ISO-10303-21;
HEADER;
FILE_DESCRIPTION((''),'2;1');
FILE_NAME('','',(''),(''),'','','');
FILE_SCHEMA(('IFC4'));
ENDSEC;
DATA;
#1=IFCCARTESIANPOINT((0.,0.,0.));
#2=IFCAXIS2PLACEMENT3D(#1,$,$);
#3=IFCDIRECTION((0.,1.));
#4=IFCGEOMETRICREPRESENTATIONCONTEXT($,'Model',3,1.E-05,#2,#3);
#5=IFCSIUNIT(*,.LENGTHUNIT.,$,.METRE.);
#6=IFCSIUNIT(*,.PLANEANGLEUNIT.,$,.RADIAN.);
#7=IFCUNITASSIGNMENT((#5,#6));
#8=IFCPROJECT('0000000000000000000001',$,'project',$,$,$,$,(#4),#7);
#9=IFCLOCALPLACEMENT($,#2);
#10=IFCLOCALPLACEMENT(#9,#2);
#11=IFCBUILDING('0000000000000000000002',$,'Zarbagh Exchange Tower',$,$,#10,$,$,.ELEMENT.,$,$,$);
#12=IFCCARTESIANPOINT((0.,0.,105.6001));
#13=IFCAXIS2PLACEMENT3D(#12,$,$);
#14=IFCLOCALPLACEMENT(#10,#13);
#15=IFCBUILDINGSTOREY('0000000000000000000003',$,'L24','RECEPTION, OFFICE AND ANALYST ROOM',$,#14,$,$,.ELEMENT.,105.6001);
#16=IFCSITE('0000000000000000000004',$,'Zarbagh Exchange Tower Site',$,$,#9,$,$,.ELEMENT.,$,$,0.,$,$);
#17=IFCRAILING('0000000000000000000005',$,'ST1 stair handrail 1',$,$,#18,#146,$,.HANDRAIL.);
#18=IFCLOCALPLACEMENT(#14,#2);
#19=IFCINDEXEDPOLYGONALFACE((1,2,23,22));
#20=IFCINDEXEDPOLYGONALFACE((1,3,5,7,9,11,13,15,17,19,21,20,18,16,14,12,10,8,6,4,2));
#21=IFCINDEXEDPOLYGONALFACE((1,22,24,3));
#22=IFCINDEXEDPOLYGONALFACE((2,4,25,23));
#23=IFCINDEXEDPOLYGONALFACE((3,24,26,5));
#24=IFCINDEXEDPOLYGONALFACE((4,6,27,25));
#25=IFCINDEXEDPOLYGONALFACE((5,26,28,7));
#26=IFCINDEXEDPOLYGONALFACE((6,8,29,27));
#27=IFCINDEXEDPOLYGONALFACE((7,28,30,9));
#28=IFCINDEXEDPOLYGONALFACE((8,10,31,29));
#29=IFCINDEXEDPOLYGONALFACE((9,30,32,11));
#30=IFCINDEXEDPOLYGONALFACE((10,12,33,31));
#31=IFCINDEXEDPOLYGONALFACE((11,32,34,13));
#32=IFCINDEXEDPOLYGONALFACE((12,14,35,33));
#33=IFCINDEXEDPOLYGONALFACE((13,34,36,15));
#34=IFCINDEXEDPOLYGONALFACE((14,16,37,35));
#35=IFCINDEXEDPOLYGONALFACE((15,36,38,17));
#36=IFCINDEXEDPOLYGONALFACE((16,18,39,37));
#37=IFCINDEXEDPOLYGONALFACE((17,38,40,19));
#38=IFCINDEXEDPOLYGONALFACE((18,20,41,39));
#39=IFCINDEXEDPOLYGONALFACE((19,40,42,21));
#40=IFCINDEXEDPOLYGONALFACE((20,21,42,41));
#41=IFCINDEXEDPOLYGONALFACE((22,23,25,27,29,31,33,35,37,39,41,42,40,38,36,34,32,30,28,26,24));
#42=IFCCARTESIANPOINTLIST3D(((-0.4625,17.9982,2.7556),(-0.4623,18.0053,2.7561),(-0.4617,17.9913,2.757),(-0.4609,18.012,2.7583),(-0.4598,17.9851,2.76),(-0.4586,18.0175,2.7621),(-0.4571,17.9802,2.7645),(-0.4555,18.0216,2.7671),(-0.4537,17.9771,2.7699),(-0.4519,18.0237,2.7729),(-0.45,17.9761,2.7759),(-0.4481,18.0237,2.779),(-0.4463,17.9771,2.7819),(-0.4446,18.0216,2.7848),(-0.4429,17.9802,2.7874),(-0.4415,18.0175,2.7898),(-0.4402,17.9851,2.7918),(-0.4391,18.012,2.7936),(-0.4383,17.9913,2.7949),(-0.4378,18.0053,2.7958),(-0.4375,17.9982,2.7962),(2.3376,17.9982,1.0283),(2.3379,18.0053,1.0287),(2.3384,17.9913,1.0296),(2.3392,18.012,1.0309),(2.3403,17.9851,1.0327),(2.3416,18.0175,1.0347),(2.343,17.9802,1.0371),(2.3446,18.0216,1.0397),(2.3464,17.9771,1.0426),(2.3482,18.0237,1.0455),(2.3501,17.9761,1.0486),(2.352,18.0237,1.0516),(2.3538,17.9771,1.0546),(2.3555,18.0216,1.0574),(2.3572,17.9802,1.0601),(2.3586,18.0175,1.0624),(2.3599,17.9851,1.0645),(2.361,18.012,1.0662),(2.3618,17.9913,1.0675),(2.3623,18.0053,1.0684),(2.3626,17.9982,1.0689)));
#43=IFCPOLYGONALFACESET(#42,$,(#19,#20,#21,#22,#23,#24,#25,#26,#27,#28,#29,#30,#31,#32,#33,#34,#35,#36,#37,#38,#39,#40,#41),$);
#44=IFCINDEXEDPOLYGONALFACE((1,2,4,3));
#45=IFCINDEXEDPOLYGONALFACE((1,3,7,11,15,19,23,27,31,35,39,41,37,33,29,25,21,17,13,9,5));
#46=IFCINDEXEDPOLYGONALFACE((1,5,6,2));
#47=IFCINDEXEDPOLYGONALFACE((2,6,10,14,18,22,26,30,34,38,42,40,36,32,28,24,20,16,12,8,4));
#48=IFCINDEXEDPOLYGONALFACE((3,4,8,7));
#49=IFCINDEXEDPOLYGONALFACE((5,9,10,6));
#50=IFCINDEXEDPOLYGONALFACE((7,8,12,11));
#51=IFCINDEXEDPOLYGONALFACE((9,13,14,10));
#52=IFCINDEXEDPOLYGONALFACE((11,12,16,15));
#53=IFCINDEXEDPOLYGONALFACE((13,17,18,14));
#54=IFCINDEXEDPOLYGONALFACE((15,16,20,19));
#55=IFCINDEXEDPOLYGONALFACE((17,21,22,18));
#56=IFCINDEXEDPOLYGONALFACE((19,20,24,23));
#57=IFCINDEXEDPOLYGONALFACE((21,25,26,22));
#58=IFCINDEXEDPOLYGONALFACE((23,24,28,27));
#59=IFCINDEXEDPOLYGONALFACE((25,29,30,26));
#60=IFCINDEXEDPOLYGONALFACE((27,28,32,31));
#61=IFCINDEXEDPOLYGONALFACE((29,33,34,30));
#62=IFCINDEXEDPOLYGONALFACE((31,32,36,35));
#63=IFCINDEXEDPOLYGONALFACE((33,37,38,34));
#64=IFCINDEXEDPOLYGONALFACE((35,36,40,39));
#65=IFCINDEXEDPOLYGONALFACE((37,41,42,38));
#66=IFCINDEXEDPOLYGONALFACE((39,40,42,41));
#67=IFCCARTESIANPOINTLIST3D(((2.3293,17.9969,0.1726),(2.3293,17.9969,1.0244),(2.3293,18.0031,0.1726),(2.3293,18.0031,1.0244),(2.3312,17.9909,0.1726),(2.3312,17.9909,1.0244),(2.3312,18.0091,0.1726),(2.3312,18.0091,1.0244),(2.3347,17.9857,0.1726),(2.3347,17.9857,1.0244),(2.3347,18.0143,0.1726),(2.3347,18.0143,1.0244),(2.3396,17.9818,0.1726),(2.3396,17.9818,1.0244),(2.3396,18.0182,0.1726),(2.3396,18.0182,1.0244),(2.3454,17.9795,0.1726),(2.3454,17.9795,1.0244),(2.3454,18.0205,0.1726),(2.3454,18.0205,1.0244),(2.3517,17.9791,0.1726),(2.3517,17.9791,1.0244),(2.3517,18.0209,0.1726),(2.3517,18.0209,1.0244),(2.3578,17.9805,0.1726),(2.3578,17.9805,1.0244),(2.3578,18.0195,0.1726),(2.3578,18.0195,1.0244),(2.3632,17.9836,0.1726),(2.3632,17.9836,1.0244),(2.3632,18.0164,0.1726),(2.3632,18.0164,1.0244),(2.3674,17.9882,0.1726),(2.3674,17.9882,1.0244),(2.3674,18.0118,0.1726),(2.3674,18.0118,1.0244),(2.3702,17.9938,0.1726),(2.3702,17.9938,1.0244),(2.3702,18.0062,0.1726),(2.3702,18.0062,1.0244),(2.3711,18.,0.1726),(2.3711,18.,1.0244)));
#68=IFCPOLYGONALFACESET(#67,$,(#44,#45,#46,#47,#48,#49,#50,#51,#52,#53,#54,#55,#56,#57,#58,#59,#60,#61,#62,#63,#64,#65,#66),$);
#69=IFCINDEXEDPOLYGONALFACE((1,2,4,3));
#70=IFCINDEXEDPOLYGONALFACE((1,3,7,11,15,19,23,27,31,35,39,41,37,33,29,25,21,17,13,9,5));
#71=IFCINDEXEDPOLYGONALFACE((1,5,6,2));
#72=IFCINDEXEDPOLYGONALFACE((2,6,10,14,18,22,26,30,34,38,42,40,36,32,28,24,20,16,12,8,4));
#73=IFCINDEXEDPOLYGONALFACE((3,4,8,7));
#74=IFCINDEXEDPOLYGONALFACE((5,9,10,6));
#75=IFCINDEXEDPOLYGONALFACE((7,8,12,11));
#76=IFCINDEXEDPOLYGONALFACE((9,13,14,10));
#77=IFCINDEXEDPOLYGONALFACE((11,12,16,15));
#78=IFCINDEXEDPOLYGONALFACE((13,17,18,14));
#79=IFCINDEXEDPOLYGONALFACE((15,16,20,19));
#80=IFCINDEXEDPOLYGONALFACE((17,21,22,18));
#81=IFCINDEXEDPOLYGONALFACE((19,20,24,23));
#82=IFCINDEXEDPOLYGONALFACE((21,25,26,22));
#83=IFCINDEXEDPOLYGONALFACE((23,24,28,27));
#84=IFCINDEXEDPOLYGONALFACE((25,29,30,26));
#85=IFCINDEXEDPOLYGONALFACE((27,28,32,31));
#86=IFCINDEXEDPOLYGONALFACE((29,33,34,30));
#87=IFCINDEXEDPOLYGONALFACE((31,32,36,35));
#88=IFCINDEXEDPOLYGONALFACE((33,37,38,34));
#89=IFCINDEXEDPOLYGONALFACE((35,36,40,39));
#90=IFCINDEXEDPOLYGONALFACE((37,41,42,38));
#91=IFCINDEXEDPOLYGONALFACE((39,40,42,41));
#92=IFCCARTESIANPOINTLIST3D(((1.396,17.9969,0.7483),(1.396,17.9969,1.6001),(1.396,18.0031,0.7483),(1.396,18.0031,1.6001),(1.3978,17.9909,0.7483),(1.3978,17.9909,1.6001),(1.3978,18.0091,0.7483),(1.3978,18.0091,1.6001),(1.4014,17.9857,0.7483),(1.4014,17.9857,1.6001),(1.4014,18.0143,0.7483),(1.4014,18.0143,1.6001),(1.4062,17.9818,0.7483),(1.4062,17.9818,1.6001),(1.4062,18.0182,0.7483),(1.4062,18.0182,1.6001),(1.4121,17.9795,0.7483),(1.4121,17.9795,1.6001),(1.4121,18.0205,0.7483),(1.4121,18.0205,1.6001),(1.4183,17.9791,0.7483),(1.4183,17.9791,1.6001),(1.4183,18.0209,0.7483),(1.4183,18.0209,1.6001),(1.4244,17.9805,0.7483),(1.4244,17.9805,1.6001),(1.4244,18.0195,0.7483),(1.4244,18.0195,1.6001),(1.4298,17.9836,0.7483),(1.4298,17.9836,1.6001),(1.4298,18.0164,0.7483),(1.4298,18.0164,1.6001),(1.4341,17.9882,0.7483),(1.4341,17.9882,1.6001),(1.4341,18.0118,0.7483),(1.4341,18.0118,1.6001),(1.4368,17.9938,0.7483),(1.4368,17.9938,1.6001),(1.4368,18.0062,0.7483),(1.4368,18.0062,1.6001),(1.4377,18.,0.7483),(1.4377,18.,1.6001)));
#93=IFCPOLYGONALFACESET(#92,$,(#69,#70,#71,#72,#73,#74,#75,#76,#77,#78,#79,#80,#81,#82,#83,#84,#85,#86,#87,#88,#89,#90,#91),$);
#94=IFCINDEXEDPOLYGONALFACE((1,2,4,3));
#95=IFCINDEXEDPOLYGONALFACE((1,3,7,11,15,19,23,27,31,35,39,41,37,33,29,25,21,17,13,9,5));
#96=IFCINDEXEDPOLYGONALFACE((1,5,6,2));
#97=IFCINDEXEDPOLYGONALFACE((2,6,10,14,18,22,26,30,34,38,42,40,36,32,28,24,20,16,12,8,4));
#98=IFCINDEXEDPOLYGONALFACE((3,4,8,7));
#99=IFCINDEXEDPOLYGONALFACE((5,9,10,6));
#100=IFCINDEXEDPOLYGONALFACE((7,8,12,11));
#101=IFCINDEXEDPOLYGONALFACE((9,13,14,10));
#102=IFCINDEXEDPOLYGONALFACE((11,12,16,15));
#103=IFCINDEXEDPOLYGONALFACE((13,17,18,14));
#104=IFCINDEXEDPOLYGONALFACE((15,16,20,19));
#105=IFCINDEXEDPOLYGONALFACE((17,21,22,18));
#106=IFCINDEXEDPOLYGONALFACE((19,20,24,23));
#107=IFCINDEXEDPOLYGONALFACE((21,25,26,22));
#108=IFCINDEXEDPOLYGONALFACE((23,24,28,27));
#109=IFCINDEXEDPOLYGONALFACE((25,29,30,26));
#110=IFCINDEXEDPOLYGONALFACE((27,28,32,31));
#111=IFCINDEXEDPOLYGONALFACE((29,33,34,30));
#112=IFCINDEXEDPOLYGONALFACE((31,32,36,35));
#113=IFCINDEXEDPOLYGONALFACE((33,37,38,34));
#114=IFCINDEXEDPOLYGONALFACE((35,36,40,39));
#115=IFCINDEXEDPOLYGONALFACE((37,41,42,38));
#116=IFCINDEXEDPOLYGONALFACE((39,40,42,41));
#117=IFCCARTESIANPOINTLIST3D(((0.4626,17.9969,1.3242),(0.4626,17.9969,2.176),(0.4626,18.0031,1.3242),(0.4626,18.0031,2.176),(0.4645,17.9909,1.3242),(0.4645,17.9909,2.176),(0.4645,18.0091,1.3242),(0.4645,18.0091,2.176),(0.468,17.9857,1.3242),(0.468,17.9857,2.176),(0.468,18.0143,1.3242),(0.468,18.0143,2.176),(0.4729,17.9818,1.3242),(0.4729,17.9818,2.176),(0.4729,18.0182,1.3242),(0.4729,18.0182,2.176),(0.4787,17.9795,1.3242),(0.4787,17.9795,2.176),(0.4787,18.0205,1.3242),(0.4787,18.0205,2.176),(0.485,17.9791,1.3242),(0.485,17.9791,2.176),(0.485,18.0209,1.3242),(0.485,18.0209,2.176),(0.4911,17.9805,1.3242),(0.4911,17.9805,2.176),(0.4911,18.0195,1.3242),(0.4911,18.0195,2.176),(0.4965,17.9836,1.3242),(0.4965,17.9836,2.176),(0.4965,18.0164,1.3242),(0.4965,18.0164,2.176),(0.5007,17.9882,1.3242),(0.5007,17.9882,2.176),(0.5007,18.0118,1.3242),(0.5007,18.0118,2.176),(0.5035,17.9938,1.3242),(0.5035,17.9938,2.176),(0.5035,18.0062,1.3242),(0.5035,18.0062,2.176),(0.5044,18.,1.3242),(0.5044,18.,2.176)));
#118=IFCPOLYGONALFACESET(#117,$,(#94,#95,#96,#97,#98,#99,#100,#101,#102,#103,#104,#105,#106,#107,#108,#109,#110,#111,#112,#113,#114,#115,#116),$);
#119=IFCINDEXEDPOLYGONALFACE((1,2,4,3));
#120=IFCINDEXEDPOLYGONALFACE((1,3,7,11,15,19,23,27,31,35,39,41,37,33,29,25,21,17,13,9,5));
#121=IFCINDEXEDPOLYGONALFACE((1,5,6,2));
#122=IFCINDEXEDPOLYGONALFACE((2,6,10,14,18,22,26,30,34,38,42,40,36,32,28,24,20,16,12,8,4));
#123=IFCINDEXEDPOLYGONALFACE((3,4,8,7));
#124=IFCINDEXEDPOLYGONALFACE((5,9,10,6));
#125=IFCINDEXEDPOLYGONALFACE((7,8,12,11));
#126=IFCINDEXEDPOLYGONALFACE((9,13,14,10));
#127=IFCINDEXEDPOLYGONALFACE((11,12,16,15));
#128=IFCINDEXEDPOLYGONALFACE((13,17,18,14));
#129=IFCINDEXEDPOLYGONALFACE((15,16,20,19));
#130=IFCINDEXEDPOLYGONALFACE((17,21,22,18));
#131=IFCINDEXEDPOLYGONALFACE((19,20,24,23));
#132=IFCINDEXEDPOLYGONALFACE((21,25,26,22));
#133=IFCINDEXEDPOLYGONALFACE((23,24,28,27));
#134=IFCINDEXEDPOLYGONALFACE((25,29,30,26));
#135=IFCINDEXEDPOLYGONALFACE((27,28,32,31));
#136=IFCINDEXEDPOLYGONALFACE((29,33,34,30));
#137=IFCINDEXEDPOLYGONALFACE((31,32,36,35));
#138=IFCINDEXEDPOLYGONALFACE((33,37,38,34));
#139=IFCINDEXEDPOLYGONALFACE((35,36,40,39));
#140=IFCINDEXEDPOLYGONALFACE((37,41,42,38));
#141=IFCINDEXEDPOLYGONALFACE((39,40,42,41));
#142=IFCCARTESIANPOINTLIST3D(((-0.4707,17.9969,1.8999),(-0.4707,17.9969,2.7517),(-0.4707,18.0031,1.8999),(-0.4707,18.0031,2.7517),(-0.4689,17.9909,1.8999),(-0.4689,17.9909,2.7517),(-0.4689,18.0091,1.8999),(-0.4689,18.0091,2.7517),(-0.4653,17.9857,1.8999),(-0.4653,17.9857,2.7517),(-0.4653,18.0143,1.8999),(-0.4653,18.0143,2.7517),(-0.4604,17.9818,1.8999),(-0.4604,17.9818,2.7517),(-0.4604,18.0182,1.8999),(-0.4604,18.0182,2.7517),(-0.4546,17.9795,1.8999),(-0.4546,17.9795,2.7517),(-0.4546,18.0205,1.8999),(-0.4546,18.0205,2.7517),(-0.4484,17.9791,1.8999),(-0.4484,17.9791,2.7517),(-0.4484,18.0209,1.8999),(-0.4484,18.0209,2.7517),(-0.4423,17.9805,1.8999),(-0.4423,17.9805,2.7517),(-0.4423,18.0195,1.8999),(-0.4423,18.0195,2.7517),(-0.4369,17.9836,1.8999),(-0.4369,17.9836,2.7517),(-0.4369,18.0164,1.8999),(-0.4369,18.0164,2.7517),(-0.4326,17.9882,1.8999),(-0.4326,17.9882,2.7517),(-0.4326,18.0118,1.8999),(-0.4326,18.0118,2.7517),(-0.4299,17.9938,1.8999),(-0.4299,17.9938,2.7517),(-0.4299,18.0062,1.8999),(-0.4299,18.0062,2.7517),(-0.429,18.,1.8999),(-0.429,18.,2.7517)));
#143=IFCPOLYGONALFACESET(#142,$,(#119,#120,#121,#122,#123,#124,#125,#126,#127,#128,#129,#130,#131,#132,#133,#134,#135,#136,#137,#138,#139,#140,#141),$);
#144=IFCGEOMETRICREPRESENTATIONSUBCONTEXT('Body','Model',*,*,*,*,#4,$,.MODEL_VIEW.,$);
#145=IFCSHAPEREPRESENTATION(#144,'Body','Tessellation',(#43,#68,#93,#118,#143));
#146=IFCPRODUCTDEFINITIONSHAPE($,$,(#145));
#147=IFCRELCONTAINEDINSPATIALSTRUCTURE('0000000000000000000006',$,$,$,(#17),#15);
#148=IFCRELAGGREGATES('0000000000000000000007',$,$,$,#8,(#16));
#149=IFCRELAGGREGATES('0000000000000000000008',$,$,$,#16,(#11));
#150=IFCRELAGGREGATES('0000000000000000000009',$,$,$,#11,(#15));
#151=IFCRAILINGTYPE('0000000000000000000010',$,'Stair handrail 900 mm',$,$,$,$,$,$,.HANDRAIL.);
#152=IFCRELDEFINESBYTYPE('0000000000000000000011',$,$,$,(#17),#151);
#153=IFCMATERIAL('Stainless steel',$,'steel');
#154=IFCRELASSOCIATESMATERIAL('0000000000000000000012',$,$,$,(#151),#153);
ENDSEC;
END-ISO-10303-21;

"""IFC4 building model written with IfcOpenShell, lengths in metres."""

from ifc_helpers import new_model, si_unit, direction, frame, origin, origin_2d, place, context, subcontext, project, spatial, circle, extrude, material, type_object, element, save


model = new_model("IFC4")

# Units and contexts
model_context = context("Model", 3, precision=1e-05, world=origin(), true_north=direction((0.0, 1.0)))
body_context = subcontext(model_context, "Body", "Model", "MODEL_VIEW")
ifc_project = project(units=[si_unit("LENGTHUNIT", "METRE"), si_unit("PLANEANGLEUNIT", "RADIAN")], contexts=[model_context])

# Site, building, storey
site_placement = place(None, origin())
site = spatial("IfcSite", under=ifc_project, at=site_placement, Name="Zarbagh Exchange Tower Site", CompositionType="ELEMENT", RefElevation=0.0)
building_placement = place(site_placement, origin())
building = spatial("IfcBuilding", under=site, at=building_placement, Name="Zarbagh Exchange Tower", CompositionType="ELEMENT")
storey_placement = place(building_placement, frame((0.0, 0.0, 105.6001)))
storey = spatial("IfcBuildingStorey", under=building, at=storey_placement, Name="L24", Description="RECEPTION, OFFICE AND ANALYST ROOM", CompositionType="ELEMENT", Elevation=105.6001)

# Shared definitions
ifc_material_1 = material(Name="Stainless steel", Category="steel")

# Railing
railing_type = type_object("IfcRailingType", Name="Stair handrail 900 mm", PredefinedType="HANDRAIL", material=ifc_material_1)
for number, where, name in (
    (1, (2.3501, 18.0, 0.1726), "ST1 stair handrail 1"),
):
    element("IfcRailing", number, at=place(storey_placement, frame(where)), inside=storey, type_object=railing_type, Name=name, PredefinedType="HANDRAIL", context=body_context, shape_type="SweptSolid", body=[
        extrude(circle(Radius=0.0239, at=origin_2d()), frame((0.0, 0.0, 0.876), z_axis=(-0.85109, 0.0, 0.52502), x_axis=(0.0, -1.0, 0.0)), (0.0, 0.0, 1.0), 3.29),
        extrude(circle(Radius=0.021, at=origin_2d()), origin(), (0.0, 0.0, 1.0), 0.8518),
        extrude(circle(Radius=0.021, at=origin_2d()), frame((-0.9333, 0.0, 0.5757)), (0.0, 0.0, 1.0), 0.8518),
        extrude(circle(Radius=0.021, at=origin_2d()), frame((-1.8667, 0.0, 1.1516)), (0.0, 0.0, 1.0), 0.8518),
        extrude(circle(Radius=0.021, at=origin_2d()), frame((-2.8, 0.0, 1.7273)), (0.0, 0.0, 1.0), 0.8518),
    ])

save(model, "model.ifc")
